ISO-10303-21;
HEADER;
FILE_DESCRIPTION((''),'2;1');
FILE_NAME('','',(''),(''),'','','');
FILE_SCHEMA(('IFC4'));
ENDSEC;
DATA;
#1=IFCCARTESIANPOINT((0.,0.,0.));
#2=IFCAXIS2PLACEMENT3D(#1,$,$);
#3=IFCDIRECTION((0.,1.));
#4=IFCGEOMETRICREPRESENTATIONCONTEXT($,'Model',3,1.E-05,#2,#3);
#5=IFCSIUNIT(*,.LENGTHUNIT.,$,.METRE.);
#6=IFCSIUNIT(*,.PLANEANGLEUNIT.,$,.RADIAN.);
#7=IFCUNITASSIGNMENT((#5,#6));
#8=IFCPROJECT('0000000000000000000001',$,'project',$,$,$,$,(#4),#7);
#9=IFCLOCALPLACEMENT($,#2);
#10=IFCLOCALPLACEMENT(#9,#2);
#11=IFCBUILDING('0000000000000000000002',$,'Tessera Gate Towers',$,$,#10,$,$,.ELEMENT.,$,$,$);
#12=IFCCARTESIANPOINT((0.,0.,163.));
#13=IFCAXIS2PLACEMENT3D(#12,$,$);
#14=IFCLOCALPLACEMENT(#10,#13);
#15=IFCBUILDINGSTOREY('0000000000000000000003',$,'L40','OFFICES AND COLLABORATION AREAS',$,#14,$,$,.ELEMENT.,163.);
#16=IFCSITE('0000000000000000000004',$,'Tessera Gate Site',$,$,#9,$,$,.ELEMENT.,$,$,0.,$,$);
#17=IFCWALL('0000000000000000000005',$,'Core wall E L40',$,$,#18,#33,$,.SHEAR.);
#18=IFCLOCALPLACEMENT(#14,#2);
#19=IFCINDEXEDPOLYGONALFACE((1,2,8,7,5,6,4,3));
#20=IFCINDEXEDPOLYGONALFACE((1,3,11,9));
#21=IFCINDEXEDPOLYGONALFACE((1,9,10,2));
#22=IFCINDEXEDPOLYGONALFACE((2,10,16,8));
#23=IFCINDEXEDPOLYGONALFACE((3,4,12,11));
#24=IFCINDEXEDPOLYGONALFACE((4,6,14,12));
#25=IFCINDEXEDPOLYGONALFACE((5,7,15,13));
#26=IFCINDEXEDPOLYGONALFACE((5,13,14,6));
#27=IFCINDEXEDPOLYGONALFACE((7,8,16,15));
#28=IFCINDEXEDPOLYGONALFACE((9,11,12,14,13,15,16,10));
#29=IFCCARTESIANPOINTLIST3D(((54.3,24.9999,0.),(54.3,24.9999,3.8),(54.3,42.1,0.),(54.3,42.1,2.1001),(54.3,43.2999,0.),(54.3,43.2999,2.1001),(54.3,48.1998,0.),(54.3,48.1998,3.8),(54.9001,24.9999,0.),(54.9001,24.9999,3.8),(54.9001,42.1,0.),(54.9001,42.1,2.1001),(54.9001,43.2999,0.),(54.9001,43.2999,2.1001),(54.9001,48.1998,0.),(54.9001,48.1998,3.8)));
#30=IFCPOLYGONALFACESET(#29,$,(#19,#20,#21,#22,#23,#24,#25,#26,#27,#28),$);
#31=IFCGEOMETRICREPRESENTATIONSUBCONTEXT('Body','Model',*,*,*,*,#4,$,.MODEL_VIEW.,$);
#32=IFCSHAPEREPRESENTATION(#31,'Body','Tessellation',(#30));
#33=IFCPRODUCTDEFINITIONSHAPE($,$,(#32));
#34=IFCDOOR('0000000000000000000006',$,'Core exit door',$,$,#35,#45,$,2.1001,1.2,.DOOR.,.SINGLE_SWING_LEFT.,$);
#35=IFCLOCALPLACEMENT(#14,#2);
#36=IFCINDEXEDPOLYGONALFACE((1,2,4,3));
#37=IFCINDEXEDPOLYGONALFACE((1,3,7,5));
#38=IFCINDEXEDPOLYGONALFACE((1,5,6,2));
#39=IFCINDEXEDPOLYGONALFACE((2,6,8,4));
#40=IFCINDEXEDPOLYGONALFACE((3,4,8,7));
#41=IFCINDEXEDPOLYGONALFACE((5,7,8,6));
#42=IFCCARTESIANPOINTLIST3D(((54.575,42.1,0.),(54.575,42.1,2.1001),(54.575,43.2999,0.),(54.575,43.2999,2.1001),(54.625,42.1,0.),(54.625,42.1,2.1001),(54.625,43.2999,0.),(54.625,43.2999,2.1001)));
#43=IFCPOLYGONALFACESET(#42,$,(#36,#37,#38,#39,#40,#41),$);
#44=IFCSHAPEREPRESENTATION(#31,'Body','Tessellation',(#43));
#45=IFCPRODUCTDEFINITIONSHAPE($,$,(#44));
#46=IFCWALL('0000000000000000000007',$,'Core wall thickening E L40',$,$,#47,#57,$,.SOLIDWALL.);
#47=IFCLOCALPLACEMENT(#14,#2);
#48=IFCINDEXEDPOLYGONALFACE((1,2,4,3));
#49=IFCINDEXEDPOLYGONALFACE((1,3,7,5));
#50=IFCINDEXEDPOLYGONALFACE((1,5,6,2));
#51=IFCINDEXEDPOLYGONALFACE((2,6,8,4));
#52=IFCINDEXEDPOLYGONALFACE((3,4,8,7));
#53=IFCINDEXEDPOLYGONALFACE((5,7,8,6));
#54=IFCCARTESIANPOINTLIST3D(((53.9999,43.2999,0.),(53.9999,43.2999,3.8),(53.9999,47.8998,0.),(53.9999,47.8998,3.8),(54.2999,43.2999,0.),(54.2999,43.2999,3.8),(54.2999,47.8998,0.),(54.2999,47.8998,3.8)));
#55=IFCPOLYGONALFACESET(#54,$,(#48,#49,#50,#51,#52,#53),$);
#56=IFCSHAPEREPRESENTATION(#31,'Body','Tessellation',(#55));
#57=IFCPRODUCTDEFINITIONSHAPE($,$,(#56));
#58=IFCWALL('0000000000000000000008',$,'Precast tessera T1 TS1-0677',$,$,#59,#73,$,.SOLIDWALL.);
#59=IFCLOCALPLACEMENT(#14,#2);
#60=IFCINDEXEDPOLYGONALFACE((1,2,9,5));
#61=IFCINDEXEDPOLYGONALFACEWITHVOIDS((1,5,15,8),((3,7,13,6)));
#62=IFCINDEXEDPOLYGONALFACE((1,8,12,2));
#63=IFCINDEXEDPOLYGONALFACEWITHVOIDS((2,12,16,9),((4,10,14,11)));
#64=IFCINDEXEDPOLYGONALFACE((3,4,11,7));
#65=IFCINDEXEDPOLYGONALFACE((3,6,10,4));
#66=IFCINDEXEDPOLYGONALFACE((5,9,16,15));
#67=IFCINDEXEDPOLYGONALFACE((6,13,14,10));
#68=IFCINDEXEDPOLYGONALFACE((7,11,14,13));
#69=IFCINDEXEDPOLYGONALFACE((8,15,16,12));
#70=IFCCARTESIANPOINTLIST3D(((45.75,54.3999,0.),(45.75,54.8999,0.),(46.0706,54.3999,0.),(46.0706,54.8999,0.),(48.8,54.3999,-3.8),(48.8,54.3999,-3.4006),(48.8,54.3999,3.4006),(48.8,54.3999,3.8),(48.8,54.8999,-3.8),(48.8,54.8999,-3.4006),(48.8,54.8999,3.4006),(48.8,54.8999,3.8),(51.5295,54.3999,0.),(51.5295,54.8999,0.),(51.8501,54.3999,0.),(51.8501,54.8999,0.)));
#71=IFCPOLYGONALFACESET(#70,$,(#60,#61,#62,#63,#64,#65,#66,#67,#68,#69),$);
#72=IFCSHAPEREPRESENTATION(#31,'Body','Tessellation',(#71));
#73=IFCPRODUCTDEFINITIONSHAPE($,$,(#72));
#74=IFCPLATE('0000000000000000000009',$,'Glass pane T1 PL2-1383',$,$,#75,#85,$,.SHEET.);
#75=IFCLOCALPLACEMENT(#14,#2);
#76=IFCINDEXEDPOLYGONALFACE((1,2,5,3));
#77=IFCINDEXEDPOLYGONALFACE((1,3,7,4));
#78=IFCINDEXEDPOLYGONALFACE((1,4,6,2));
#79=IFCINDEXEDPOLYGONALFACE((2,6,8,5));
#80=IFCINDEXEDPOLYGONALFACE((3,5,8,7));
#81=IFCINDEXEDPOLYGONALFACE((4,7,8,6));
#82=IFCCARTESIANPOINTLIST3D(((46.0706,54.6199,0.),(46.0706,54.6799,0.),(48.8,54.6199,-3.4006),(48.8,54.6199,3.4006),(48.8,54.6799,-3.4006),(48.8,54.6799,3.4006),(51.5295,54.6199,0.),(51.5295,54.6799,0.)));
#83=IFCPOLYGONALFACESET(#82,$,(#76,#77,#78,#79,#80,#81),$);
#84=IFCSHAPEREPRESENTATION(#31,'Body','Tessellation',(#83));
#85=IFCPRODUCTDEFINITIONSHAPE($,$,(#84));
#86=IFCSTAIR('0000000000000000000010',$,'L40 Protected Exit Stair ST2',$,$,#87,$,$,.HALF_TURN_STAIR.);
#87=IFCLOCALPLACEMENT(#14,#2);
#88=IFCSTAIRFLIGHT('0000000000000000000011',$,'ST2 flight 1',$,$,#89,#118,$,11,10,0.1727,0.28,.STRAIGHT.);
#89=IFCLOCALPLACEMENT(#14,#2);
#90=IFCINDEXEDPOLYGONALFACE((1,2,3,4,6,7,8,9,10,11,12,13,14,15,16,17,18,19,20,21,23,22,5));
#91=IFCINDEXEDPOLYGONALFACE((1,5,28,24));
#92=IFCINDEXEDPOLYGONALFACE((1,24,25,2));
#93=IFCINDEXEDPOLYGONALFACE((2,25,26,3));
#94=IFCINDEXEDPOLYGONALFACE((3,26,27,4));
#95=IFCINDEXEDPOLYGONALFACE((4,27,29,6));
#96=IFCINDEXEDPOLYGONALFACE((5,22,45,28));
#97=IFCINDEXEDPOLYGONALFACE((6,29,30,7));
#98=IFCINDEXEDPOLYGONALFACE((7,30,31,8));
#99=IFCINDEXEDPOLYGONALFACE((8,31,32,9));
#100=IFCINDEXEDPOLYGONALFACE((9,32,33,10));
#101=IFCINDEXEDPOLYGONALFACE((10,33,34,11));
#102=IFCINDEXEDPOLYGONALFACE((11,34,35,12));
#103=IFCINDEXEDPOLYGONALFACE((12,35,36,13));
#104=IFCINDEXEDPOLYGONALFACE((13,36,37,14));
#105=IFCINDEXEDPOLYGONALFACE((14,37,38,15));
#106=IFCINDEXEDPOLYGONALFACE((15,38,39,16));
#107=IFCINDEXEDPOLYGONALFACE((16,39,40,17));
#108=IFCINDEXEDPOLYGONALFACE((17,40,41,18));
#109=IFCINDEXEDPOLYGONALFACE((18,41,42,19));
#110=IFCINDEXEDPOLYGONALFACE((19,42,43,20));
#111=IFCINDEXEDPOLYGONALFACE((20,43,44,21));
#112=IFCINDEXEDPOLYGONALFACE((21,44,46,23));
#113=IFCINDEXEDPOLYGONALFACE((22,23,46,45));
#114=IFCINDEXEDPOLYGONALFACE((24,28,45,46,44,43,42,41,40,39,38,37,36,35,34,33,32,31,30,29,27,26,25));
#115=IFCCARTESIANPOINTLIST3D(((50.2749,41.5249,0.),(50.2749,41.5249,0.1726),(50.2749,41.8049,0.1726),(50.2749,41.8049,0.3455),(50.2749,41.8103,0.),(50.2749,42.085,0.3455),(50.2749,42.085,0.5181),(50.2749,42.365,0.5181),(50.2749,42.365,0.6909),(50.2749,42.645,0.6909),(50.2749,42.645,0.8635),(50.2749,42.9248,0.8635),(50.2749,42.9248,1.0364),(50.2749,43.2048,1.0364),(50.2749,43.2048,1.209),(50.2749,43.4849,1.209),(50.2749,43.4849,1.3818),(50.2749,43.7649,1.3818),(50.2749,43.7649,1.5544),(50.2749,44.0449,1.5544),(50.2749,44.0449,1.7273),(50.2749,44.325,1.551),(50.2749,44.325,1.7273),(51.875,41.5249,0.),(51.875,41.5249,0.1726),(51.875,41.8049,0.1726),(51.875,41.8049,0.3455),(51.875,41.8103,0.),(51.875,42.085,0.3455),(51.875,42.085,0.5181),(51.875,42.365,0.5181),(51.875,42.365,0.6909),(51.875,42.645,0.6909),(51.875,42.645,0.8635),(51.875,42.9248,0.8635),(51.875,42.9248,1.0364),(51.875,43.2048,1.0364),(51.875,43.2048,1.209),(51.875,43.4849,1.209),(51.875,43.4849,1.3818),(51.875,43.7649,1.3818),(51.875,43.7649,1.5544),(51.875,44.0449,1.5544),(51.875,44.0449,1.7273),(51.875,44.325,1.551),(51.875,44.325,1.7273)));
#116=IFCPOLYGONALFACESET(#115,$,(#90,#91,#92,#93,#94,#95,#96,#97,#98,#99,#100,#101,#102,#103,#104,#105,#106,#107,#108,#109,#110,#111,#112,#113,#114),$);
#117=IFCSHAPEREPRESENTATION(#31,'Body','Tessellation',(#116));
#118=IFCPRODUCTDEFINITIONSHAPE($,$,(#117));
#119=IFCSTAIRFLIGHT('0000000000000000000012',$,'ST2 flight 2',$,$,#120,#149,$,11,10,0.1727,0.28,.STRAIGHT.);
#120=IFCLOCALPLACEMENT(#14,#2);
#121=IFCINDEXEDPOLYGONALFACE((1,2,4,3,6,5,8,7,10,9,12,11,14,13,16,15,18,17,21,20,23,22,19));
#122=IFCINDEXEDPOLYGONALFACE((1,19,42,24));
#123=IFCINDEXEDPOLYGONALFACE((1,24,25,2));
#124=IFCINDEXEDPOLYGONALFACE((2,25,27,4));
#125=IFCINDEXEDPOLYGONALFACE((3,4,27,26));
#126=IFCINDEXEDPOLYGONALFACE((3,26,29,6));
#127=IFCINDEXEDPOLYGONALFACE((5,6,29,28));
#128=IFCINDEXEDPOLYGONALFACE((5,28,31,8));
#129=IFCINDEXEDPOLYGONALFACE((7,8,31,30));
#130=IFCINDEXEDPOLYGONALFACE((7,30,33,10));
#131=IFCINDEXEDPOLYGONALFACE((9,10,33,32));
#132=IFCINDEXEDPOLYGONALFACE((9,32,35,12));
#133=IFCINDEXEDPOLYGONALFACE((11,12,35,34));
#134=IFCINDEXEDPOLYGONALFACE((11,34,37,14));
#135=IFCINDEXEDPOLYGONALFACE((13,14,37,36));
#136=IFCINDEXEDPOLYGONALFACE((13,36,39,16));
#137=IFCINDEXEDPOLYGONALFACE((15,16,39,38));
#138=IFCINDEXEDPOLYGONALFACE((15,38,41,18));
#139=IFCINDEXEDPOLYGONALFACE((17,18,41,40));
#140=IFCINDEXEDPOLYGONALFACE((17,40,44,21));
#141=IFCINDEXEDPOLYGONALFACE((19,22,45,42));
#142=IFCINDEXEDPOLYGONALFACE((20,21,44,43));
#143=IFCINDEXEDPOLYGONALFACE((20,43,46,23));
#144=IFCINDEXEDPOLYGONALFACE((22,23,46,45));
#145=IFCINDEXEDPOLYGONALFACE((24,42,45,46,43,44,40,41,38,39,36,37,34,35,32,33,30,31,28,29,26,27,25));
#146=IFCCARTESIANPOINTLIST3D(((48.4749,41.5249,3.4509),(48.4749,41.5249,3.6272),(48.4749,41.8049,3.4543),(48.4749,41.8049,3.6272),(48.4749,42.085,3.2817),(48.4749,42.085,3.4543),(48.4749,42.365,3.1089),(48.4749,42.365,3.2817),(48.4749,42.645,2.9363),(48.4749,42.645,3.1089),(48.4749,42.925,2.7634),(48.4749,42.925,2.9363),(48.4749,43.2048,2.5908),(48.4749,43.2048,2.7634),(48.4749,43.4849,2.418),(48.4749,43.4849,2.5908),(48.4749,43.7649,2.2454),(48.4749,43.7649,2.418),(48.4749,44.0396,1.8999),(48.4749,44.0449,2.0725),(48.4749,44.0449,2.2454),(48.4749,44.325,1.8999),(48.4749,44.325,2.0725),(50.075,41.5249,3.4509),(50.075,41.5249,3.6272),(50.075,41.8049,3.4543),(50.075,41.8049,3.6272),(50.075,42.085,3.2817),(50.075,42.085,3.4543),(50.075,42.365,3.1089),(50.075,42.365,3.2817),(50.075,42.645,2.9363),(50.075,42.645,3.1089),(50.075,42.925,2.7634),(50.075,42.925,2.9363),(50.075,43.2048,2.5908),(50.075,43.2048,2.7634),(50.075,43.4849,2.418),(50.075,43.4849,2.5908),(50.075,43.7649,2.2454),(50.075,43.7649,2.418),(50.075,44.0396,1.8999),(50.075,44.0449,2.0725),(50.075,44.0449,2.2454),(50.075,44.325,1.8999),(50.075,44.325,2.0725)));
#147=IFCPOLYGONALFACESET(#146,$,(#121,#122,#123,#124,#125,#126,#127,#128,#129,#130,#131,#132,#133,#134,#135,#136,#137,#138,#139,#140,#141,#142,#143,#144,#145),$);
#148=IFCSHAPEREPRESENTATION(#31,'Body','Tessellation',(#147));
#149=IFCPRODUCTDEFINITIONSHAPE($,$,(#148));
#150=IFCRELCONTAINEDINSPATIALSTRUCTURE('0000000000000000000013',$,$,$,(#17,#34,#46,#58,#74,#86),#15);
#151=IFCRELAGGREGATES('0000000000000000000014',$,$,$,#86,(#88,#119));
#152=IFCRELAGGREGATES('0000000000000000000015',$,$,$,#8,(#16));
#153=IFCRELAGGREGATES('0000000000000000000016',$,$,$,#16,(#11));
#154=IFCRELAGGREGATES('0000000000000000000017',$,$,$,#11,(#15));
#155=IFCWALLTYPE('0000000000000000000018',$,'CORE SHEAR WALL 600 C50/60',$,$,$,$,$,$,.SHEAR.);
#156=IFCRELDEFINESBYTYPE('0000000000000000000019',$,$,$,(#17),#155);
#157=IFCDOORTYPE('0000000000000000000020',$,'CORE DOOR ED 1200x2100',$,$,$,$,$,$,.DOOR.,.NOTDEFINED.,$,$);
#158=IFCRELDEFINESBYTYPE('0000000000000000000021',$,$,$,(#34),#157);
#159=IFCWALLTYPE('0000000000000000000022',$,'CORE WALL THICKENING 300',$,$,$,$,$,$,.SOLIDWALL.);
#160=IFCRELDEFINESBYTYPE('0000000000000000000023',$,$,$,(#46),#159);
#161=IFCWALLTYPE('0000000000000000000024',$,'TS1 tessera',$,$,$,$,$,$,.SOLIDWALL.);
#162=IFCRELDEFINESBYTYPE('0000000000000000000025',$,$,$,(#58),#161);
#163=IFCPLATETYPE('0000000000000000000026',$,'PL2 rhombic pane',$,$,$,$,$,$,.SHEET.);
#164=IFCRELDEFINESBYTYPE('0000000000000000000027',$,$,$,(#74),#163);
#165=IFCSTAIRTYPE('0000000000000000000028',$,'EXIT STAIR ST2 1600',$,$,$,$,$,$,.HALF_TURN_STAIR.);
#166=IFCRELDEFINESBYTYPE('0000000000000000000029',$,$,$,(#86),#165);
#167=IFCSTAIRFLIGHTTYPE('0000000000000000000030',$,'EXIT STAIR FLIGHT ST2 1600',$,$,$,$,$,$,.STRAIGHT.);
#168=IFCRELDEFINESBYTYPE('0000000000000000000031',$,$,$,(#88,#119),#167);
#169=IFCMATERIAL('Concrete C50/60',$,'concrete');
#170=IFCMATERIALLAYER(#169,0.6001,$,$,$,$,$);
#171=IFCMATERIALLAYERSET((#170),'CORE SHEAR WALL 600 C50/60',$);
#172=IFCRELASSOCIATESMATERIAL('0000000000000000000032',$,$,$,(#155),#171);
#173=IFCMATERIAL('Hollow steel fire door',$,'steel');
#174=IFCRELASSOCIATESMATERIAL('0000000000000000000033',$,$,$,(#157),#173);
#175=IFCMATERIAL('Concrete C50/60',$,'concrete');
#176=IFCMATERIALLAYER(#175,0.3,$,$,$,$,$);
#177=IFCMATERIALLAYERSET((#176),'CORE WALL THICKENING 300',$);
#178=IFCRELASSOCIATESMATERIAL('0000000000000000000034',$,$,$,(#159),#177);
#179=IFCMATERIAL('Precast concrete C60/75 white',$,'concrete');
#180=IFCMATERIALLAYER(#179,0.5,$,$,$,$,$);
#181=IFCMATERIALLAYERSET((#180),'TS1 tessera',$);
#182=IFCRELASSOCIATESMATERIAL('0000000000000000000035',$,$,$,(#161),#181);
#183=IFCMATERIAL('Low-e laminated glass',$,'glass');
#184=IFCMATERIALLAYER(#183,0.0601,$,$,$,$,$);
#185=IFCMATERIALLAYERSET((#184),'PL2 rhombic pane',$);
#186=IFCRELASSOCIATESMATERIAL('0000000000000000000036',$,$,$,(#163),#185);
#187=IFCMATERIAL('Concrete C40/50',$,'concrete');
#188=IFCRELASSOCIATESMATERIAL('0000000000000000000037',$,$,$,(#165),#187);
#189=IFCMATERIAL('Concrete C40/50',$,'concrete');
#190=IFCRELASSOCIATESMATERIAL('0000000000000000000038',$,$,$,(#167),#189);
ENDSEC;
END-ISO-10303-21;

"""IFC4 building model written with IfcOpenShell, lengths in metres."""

from ifc_helpers import new_model, si_unit, direction, frame, frame_2d, origin, place, context, subcontext, project, spatial, polyline, rectangle, outline, extrude, source, transform, mapped, material, layer, layer_set, type_object, element, fill, aggregate, save


model = new_model("IFC4")

# Units and contexts
model_context = context("Model", 3, precision=1e-05, world=origin(), true_north=direction((0.0, 1.0)))
body_context = subcontext(model_context, "Body", "Model", "MODEL_VIEW")
ifc_project = project(units=[si_unit("LENGTHUNIT", "METRE"), si_unit("PLANEANGLEUNIT", "RADIAN")], contexts=[model_context])

# Site, building, storey
site_placement = place(None, origin())
site = spatial("IfcSite", under=ifc_project, at=site_placement, Name="Tessera Gate Site", CompositionType="ELEMENT", RefElevation=0.0)
building_placement = place(site_placement, origin())
building = spatial("IfcBuilding", under=site, at=building_placement, Name="Tessera Gate Towers", CompositionType="ELEMENT")
storey_placement = place(building_placement, frame((0.0, 0.0, 163.0)))
storey = spatial("IfcBuildingStorey", under=building, at=storey_placement, Name="L40", Description="OFFICES AND COLLABORATION AREAS", CompositionType="ELEMENT", Elevation=163.0)

# Shared definitions
shared_shape_1 = source(origin(), body_context, "Body", "SweptSolid", [
    extrude(rectangle(XDim=1.2, YDim=2.1001, at=frame_2d((0.6001, 1.05))), frame((0.0, 0.0249, 0.0), z_axis=(0.0, -1.0, 0.0), x_axis=(1.0, 0.0, 0.0)), (0.0, 0.0, 1.0), 0.05),
])

# Wall, opening, door
ifc_material_1 = material(Name="Concrete C50/60", Category="concrete")
ifc_layer_1 = layer(ifc_material_1, 0.6001)
ifc_layer_set_1 = layer_set([ifc_layer_1], Name="CORE SHEAR WALL 600 C50/60")
wall_type_1 = type_object("IfcWallType", Name="CORE SHEAR WALL 600 C50/60", PredefinedType="SHEAR", material=ifc_layer_set_1)
wall_1_placement = place(storey_placement, frame((54.6001, 48.2, 0.0), z_axis=(0.0, 0.0, 1.0), x_axis=(0.0, -1.0, 0.0)))
wall_1 = element("IfcWall", 1, at=wall_1_placement, inside=storey, type_object=wall_type_1, Name="Core wall E L40", PredefinedType="SHEAR", context=body_context, shape_type="SweptSolid", body=[
    extrude(rectangle(XDim=23.2, YDim=0.6001, at=frame_2d((11.6001, 0.0))), origin(), (0.0, 0.0, 1.0), 3.8),
])
shared_shape_2 = source(origin(), body_context, "Body", "SweptSolid", [
    extrude(rectangle(XDim=1.2, YDim=2.1001, at=frame_2d((0.6001, 1.05))), frame((0.0, 0.3101, 0.0), z_axis=(0.0, -1.0, 0.0), x_axis=(1.0, 0.0, 0.0)), (0.0, 0.0, 1.0), 0.6201),
])
opening_1_placement = place(wall_1_placement, frame((4.8999, 0.0, 0.0)))
opening_1 = element("IfcOpeningElement", 2, at=opening_1_placement, cuts=wall_1, PredefinedType="OPENING", context=body_context, shape_type="MappedRepresentation", body=[
    mapped(shared_shape_2, transform((0.0, 0.0, 0.0), scale=1.0)),
])
ifc_material_2 = material(Name="Hollow steel fire door", Category="steel")
door_type_1 = type_object("IfcDoorType", Name="CORE DOOR ED 1200x2100", OperationType="NOTDEFINED", PredefinedType="DOOR", material=ifc_material_2)
door_1_placement = place(opening_1_placement, origin())
door_1 = element("IfcDoor", 3, at=door_1_placement, inside=storey, type_object=door_type_1, Name="Core exit door", OperationType="SINGLE_SWING_LEFT", OverallHeight=2.1001, OverallWidth=1.2, PredefinedType="DOOR", context=body_context, shape_type="MappedRepresentation", body=[
    mapped(shared_shape_1, transform((0.0, 0.0, 0.0), scale=1.0)),
])
fill(opening_1, door_1)

# Wall
ifc_material_3 = material(Name="Concrete C50/60", Category="concrete")
ifc_layer_2 = layer(ifc_material_3, 0.3)
ifc_layer_set_2 = layer_set([ifc_layer_2], Name="CORE WALL THICKENING 300")
wall_type_2 = type_object("IfcWallType", Name="CORE WALL THICKENING 300", PredefinedType="SOLIDWALL", material=ifc_layer_set_2)
wall_2_placement = place(storey_placement, frame((54.1499, 43.3, 0.0), z_axis=(0.0, 0.0, 1.0), x_axis=(0.0, 1.0, 0.0)))
element("IfcWall", 4, at=wall_2_placement, inside=storey, type_object=wall_type_2, Name="Core wall thickening E L40", PredefinedType="SOLIDWALL", context=body_context, shape_type="SweptSolid", body=[
    extrude(rectangle(XDim=4.5999, YDim=0.3, at=frame_2d((2.2998, 0.0))), origin(), (0.0, 0.0, 1.0), 3.8),
])

# Wall, opening, plate
ifc_material_4 = material(Name="Precast concrete C60/75 white", Category="concrete")
ifc_layer_3 = layer(ifc_material_4, 0.5)
ifc_layer_set_3 = layer_set([ifc_layer_3], Name="TS1 tessera")
wall_type_3 = type_object("IfcWallType", Name="TS1 tessera", PredefinedType="SOLIDWALL", material=ifc_layer_set_3)
shared_shape_3 = source(origin(), body_context, "Body", "SweptSolid", [
    extrude(outline(polyline([(3.05, 0.0), (6.1001, 3.8), (3.05, 7.6001), (0.0, 3.8), (3.05, 0.0)])), frame((0.0, 0.25, 0.0), z_axis=(0.0, -1.0, 0.0), x_axis=(1.0, 0.0, 0.0)), (0.0, 0.0, 1.0), 0.5),
])
wall_3_placement = place(storey_placement, frame((51.8501, 54.6499, -3.8), z_axis=(0.0, 0.0, 1.0), x_axis=(-1.0, 0.0, 0.0)))
wall_3 = element("IfcWall", 5, at=wall_3_placement, inside=storey, type_object=wall_type_3, Name="Precast tessera T1 TS1-0677", PredefinedType="SOLIDWALL", context=body_context, shape_type="MappedRepresentation", body=[
    mapped(shared_shape_3, transform((0.0, 0.0, 0.0), scale=1.0)),
])
shared_shape_4 = source(origin(), body_context, "Body", "SweptSolid", [
    extrude(outline(polyline([(3.05, 0.3994), (5.7795, 3.8), (3.05, 7.2007), (0.3206, 3.8), (3.05, 0.3994)])), frame((0.0, 0.26, 0.0), z_axis=(0.0, -1.0, 0.0), x_axis=(1.0, 0.0, 0.0)), (0.0, 0.0, 1.0), 0.52),
])
opening_2_placement = place(wall_3_placement, origin())
opening_2 = element("IfcOpeningElement", 6, at=opening_2_placement, cuts=wall_3, PredefinedType="OPENING", context=body_context, shape_type="MappedRepresentation", body=[
    mapped(shared_shape_4, transform((0.0, 0.0, 0.0), scale=1.0)),
])
ifc_material_5 = material(Name="Low-e laminated glass", Category="glass")
ifc_layer_4 = layer(ifc_material_5, 0.0601)
ifc_layer_set_4 = layer_set([ifc_layer_4], Name="PL2 rhombic pane")
plate_type = type_object("IfcPlateType", Name="PL2 rhombic pane", PredefinedType="SHEET", material=ifc_layer_set_4)
shared_shape_5 = source(origin(), body_context, "Body", "SweptSolid", [
    extrude(outline(polyline([(3.05, 0.3994), (5.7795, 3.8), (3.05, 7.2007), (0.3206, 3.8), (3.05, 0.3994)])), frame((0.0, 0.03, 0.0), z_axis=(0.0, -1.0, 0.0), x_axis=(1.0, 0.0, 0.0)), (0.0, 0.0, 1.0), 0.0601),
])
plate_placement = place(opening_2_placement, origin())
plate = element("IfcPlate", 7, at=plate_placement, inside=storey, type_object=plate_type, Name="Glass pane T1 PL2-1383", PredefinedType="SHEET", context=body_context, shape_type="MappedRepresentation", body=[
    mapped(shared_shape_5, transform((0.0, 0.0, 0.0), scale=1.0)),
])
fill(opening_2, plate)

# Stair, stair flights
ifc_material_6 = material(Name="Concrete C40/50", Category="concrete")
stair_type = type_object("IfcStairType", Name="EXIT STAIR ST2 1600", PredefinedType="HALF_TURN_STAIR", material=ifc_material_6)
stair_placement = place(storey_placement, origin())
stair = element("IfcStair", 8, at=stair_placement, inside=storey, type_object=stair_type, Name="L40 Protected Exit Stair ST2", PredefinedType="HALF_TURN_STAIR")
ifc_material_7 = material(Name="Concrete C40/50", Category="concrete")
stair_flight_type = type_object("IfcStairFlightType", Name="EXIT STAIR FLIGHT ST2 1600", PredefinedType="STRAIGHT", material=ifc_material_7)
stair_flight_1_placement = place(storey_placement, frame((51.075, 41.5249, 0.0), z_axis=(0.0, 0.0, 1.0), x_axis=(0.0, 1.0, 0.0)))
stair_flight_1 = element("IfcStairFlight", 9, at=stair_flight_1_placement, type_object=stair_flight_type, Name="ST2 flight 1", NumberOfRisers=11, NumberOfTreads=10, PredefinedType="STRAIGHT", RiserHeight=0.1727, TreadLength=0.28, context=body_context, shape_type="SweptSolid", body=[
    extrude(outline(polyline([(0.0, 0.0), (0.0, 0.1726), (0.28, 0.1726), (0.28, 0.3455), (0.5601, 0.3455), (0.5601, 0.5181), (0.8401, 0.5181), (0.8401, 0.6909), (1.1201, 0.6909), (1.1201, 0.8635), (1.3999, 0.8635), (1.3999, 1.0364), (1.6799, 1.0364), (1.6799, 1.209), (1.96, 1.209), (1.96, 1.3818), (2.24, 1.3818), (2.24, 1.5544), (2.52, 1.5544), (2.52, 1.7273), (2.8, 1.7273), (2.8, 1.8999), (2.8, 1.551), (0.2854, 0.0), (0.0, 0.0)])), frame((0.0, 0.8, 0.0), z_axis=(0.0, -1.0, 0.0), x_axis=(1.0, 0.0, 0.0)), (0.0, 0.0, 1.0), 1.6001),
])
stair_flight_2_placement = place(storey_placement, frame((49.2749, 44.325, 1.8999), z_axis=(0.0, 0.0, 1.0), x_axis=(0.0, -1.0, 0.0)))
stair_flight_2 = element("IfcStairFlight", 10, at=stair_flight_2_placement, type_object=stair_flight_type, Name="ST2 flight 2", NumberOfRisers=11, NumberOfTreads=10, PredefinedType="STRAIGHT", RiserHeight=0.1727, TreadLength=0.28, context=body_context, shape_type="SweptSolid", body=[
    extrude(outline(polyline([(0.0, 0.0), (0.0, 0.1726), (0.28, 0.1726), (0.28, 0.3455), (0.5601, 0.3455), (0.5601, 0.5181), (0.8401, 0.5181), (0.8401, 0.6909), (1.1201, 0.6909), (1.1201, 0.8635), (1.3999, 0.8635), (1.3999, 1.0364), (1.6799, 1.0364), (1.6799, 1.209), (1.96, 1.209), (1.96, 1.3818), (2.24, 1.3818), (2.24, 1.5544), (2.52, 1.5544), (2.52, 1.7273), (2.8, 1.7273), (2.8, 1.8999), (2.8, 1.551), (0.2854, 0.0), (0.0, 0.0)])), frame((0.0, 0.8, 0.0), z_axis=(0.0, -1.0, 0.0), x_axis=(1.0, 0.0, 0.0)), (0.0, 0.0, 1.0), 1.6001),
])
aggregate(stair, [stair_flight_1, stair_flight_2])

save(model, "model.ifc")
